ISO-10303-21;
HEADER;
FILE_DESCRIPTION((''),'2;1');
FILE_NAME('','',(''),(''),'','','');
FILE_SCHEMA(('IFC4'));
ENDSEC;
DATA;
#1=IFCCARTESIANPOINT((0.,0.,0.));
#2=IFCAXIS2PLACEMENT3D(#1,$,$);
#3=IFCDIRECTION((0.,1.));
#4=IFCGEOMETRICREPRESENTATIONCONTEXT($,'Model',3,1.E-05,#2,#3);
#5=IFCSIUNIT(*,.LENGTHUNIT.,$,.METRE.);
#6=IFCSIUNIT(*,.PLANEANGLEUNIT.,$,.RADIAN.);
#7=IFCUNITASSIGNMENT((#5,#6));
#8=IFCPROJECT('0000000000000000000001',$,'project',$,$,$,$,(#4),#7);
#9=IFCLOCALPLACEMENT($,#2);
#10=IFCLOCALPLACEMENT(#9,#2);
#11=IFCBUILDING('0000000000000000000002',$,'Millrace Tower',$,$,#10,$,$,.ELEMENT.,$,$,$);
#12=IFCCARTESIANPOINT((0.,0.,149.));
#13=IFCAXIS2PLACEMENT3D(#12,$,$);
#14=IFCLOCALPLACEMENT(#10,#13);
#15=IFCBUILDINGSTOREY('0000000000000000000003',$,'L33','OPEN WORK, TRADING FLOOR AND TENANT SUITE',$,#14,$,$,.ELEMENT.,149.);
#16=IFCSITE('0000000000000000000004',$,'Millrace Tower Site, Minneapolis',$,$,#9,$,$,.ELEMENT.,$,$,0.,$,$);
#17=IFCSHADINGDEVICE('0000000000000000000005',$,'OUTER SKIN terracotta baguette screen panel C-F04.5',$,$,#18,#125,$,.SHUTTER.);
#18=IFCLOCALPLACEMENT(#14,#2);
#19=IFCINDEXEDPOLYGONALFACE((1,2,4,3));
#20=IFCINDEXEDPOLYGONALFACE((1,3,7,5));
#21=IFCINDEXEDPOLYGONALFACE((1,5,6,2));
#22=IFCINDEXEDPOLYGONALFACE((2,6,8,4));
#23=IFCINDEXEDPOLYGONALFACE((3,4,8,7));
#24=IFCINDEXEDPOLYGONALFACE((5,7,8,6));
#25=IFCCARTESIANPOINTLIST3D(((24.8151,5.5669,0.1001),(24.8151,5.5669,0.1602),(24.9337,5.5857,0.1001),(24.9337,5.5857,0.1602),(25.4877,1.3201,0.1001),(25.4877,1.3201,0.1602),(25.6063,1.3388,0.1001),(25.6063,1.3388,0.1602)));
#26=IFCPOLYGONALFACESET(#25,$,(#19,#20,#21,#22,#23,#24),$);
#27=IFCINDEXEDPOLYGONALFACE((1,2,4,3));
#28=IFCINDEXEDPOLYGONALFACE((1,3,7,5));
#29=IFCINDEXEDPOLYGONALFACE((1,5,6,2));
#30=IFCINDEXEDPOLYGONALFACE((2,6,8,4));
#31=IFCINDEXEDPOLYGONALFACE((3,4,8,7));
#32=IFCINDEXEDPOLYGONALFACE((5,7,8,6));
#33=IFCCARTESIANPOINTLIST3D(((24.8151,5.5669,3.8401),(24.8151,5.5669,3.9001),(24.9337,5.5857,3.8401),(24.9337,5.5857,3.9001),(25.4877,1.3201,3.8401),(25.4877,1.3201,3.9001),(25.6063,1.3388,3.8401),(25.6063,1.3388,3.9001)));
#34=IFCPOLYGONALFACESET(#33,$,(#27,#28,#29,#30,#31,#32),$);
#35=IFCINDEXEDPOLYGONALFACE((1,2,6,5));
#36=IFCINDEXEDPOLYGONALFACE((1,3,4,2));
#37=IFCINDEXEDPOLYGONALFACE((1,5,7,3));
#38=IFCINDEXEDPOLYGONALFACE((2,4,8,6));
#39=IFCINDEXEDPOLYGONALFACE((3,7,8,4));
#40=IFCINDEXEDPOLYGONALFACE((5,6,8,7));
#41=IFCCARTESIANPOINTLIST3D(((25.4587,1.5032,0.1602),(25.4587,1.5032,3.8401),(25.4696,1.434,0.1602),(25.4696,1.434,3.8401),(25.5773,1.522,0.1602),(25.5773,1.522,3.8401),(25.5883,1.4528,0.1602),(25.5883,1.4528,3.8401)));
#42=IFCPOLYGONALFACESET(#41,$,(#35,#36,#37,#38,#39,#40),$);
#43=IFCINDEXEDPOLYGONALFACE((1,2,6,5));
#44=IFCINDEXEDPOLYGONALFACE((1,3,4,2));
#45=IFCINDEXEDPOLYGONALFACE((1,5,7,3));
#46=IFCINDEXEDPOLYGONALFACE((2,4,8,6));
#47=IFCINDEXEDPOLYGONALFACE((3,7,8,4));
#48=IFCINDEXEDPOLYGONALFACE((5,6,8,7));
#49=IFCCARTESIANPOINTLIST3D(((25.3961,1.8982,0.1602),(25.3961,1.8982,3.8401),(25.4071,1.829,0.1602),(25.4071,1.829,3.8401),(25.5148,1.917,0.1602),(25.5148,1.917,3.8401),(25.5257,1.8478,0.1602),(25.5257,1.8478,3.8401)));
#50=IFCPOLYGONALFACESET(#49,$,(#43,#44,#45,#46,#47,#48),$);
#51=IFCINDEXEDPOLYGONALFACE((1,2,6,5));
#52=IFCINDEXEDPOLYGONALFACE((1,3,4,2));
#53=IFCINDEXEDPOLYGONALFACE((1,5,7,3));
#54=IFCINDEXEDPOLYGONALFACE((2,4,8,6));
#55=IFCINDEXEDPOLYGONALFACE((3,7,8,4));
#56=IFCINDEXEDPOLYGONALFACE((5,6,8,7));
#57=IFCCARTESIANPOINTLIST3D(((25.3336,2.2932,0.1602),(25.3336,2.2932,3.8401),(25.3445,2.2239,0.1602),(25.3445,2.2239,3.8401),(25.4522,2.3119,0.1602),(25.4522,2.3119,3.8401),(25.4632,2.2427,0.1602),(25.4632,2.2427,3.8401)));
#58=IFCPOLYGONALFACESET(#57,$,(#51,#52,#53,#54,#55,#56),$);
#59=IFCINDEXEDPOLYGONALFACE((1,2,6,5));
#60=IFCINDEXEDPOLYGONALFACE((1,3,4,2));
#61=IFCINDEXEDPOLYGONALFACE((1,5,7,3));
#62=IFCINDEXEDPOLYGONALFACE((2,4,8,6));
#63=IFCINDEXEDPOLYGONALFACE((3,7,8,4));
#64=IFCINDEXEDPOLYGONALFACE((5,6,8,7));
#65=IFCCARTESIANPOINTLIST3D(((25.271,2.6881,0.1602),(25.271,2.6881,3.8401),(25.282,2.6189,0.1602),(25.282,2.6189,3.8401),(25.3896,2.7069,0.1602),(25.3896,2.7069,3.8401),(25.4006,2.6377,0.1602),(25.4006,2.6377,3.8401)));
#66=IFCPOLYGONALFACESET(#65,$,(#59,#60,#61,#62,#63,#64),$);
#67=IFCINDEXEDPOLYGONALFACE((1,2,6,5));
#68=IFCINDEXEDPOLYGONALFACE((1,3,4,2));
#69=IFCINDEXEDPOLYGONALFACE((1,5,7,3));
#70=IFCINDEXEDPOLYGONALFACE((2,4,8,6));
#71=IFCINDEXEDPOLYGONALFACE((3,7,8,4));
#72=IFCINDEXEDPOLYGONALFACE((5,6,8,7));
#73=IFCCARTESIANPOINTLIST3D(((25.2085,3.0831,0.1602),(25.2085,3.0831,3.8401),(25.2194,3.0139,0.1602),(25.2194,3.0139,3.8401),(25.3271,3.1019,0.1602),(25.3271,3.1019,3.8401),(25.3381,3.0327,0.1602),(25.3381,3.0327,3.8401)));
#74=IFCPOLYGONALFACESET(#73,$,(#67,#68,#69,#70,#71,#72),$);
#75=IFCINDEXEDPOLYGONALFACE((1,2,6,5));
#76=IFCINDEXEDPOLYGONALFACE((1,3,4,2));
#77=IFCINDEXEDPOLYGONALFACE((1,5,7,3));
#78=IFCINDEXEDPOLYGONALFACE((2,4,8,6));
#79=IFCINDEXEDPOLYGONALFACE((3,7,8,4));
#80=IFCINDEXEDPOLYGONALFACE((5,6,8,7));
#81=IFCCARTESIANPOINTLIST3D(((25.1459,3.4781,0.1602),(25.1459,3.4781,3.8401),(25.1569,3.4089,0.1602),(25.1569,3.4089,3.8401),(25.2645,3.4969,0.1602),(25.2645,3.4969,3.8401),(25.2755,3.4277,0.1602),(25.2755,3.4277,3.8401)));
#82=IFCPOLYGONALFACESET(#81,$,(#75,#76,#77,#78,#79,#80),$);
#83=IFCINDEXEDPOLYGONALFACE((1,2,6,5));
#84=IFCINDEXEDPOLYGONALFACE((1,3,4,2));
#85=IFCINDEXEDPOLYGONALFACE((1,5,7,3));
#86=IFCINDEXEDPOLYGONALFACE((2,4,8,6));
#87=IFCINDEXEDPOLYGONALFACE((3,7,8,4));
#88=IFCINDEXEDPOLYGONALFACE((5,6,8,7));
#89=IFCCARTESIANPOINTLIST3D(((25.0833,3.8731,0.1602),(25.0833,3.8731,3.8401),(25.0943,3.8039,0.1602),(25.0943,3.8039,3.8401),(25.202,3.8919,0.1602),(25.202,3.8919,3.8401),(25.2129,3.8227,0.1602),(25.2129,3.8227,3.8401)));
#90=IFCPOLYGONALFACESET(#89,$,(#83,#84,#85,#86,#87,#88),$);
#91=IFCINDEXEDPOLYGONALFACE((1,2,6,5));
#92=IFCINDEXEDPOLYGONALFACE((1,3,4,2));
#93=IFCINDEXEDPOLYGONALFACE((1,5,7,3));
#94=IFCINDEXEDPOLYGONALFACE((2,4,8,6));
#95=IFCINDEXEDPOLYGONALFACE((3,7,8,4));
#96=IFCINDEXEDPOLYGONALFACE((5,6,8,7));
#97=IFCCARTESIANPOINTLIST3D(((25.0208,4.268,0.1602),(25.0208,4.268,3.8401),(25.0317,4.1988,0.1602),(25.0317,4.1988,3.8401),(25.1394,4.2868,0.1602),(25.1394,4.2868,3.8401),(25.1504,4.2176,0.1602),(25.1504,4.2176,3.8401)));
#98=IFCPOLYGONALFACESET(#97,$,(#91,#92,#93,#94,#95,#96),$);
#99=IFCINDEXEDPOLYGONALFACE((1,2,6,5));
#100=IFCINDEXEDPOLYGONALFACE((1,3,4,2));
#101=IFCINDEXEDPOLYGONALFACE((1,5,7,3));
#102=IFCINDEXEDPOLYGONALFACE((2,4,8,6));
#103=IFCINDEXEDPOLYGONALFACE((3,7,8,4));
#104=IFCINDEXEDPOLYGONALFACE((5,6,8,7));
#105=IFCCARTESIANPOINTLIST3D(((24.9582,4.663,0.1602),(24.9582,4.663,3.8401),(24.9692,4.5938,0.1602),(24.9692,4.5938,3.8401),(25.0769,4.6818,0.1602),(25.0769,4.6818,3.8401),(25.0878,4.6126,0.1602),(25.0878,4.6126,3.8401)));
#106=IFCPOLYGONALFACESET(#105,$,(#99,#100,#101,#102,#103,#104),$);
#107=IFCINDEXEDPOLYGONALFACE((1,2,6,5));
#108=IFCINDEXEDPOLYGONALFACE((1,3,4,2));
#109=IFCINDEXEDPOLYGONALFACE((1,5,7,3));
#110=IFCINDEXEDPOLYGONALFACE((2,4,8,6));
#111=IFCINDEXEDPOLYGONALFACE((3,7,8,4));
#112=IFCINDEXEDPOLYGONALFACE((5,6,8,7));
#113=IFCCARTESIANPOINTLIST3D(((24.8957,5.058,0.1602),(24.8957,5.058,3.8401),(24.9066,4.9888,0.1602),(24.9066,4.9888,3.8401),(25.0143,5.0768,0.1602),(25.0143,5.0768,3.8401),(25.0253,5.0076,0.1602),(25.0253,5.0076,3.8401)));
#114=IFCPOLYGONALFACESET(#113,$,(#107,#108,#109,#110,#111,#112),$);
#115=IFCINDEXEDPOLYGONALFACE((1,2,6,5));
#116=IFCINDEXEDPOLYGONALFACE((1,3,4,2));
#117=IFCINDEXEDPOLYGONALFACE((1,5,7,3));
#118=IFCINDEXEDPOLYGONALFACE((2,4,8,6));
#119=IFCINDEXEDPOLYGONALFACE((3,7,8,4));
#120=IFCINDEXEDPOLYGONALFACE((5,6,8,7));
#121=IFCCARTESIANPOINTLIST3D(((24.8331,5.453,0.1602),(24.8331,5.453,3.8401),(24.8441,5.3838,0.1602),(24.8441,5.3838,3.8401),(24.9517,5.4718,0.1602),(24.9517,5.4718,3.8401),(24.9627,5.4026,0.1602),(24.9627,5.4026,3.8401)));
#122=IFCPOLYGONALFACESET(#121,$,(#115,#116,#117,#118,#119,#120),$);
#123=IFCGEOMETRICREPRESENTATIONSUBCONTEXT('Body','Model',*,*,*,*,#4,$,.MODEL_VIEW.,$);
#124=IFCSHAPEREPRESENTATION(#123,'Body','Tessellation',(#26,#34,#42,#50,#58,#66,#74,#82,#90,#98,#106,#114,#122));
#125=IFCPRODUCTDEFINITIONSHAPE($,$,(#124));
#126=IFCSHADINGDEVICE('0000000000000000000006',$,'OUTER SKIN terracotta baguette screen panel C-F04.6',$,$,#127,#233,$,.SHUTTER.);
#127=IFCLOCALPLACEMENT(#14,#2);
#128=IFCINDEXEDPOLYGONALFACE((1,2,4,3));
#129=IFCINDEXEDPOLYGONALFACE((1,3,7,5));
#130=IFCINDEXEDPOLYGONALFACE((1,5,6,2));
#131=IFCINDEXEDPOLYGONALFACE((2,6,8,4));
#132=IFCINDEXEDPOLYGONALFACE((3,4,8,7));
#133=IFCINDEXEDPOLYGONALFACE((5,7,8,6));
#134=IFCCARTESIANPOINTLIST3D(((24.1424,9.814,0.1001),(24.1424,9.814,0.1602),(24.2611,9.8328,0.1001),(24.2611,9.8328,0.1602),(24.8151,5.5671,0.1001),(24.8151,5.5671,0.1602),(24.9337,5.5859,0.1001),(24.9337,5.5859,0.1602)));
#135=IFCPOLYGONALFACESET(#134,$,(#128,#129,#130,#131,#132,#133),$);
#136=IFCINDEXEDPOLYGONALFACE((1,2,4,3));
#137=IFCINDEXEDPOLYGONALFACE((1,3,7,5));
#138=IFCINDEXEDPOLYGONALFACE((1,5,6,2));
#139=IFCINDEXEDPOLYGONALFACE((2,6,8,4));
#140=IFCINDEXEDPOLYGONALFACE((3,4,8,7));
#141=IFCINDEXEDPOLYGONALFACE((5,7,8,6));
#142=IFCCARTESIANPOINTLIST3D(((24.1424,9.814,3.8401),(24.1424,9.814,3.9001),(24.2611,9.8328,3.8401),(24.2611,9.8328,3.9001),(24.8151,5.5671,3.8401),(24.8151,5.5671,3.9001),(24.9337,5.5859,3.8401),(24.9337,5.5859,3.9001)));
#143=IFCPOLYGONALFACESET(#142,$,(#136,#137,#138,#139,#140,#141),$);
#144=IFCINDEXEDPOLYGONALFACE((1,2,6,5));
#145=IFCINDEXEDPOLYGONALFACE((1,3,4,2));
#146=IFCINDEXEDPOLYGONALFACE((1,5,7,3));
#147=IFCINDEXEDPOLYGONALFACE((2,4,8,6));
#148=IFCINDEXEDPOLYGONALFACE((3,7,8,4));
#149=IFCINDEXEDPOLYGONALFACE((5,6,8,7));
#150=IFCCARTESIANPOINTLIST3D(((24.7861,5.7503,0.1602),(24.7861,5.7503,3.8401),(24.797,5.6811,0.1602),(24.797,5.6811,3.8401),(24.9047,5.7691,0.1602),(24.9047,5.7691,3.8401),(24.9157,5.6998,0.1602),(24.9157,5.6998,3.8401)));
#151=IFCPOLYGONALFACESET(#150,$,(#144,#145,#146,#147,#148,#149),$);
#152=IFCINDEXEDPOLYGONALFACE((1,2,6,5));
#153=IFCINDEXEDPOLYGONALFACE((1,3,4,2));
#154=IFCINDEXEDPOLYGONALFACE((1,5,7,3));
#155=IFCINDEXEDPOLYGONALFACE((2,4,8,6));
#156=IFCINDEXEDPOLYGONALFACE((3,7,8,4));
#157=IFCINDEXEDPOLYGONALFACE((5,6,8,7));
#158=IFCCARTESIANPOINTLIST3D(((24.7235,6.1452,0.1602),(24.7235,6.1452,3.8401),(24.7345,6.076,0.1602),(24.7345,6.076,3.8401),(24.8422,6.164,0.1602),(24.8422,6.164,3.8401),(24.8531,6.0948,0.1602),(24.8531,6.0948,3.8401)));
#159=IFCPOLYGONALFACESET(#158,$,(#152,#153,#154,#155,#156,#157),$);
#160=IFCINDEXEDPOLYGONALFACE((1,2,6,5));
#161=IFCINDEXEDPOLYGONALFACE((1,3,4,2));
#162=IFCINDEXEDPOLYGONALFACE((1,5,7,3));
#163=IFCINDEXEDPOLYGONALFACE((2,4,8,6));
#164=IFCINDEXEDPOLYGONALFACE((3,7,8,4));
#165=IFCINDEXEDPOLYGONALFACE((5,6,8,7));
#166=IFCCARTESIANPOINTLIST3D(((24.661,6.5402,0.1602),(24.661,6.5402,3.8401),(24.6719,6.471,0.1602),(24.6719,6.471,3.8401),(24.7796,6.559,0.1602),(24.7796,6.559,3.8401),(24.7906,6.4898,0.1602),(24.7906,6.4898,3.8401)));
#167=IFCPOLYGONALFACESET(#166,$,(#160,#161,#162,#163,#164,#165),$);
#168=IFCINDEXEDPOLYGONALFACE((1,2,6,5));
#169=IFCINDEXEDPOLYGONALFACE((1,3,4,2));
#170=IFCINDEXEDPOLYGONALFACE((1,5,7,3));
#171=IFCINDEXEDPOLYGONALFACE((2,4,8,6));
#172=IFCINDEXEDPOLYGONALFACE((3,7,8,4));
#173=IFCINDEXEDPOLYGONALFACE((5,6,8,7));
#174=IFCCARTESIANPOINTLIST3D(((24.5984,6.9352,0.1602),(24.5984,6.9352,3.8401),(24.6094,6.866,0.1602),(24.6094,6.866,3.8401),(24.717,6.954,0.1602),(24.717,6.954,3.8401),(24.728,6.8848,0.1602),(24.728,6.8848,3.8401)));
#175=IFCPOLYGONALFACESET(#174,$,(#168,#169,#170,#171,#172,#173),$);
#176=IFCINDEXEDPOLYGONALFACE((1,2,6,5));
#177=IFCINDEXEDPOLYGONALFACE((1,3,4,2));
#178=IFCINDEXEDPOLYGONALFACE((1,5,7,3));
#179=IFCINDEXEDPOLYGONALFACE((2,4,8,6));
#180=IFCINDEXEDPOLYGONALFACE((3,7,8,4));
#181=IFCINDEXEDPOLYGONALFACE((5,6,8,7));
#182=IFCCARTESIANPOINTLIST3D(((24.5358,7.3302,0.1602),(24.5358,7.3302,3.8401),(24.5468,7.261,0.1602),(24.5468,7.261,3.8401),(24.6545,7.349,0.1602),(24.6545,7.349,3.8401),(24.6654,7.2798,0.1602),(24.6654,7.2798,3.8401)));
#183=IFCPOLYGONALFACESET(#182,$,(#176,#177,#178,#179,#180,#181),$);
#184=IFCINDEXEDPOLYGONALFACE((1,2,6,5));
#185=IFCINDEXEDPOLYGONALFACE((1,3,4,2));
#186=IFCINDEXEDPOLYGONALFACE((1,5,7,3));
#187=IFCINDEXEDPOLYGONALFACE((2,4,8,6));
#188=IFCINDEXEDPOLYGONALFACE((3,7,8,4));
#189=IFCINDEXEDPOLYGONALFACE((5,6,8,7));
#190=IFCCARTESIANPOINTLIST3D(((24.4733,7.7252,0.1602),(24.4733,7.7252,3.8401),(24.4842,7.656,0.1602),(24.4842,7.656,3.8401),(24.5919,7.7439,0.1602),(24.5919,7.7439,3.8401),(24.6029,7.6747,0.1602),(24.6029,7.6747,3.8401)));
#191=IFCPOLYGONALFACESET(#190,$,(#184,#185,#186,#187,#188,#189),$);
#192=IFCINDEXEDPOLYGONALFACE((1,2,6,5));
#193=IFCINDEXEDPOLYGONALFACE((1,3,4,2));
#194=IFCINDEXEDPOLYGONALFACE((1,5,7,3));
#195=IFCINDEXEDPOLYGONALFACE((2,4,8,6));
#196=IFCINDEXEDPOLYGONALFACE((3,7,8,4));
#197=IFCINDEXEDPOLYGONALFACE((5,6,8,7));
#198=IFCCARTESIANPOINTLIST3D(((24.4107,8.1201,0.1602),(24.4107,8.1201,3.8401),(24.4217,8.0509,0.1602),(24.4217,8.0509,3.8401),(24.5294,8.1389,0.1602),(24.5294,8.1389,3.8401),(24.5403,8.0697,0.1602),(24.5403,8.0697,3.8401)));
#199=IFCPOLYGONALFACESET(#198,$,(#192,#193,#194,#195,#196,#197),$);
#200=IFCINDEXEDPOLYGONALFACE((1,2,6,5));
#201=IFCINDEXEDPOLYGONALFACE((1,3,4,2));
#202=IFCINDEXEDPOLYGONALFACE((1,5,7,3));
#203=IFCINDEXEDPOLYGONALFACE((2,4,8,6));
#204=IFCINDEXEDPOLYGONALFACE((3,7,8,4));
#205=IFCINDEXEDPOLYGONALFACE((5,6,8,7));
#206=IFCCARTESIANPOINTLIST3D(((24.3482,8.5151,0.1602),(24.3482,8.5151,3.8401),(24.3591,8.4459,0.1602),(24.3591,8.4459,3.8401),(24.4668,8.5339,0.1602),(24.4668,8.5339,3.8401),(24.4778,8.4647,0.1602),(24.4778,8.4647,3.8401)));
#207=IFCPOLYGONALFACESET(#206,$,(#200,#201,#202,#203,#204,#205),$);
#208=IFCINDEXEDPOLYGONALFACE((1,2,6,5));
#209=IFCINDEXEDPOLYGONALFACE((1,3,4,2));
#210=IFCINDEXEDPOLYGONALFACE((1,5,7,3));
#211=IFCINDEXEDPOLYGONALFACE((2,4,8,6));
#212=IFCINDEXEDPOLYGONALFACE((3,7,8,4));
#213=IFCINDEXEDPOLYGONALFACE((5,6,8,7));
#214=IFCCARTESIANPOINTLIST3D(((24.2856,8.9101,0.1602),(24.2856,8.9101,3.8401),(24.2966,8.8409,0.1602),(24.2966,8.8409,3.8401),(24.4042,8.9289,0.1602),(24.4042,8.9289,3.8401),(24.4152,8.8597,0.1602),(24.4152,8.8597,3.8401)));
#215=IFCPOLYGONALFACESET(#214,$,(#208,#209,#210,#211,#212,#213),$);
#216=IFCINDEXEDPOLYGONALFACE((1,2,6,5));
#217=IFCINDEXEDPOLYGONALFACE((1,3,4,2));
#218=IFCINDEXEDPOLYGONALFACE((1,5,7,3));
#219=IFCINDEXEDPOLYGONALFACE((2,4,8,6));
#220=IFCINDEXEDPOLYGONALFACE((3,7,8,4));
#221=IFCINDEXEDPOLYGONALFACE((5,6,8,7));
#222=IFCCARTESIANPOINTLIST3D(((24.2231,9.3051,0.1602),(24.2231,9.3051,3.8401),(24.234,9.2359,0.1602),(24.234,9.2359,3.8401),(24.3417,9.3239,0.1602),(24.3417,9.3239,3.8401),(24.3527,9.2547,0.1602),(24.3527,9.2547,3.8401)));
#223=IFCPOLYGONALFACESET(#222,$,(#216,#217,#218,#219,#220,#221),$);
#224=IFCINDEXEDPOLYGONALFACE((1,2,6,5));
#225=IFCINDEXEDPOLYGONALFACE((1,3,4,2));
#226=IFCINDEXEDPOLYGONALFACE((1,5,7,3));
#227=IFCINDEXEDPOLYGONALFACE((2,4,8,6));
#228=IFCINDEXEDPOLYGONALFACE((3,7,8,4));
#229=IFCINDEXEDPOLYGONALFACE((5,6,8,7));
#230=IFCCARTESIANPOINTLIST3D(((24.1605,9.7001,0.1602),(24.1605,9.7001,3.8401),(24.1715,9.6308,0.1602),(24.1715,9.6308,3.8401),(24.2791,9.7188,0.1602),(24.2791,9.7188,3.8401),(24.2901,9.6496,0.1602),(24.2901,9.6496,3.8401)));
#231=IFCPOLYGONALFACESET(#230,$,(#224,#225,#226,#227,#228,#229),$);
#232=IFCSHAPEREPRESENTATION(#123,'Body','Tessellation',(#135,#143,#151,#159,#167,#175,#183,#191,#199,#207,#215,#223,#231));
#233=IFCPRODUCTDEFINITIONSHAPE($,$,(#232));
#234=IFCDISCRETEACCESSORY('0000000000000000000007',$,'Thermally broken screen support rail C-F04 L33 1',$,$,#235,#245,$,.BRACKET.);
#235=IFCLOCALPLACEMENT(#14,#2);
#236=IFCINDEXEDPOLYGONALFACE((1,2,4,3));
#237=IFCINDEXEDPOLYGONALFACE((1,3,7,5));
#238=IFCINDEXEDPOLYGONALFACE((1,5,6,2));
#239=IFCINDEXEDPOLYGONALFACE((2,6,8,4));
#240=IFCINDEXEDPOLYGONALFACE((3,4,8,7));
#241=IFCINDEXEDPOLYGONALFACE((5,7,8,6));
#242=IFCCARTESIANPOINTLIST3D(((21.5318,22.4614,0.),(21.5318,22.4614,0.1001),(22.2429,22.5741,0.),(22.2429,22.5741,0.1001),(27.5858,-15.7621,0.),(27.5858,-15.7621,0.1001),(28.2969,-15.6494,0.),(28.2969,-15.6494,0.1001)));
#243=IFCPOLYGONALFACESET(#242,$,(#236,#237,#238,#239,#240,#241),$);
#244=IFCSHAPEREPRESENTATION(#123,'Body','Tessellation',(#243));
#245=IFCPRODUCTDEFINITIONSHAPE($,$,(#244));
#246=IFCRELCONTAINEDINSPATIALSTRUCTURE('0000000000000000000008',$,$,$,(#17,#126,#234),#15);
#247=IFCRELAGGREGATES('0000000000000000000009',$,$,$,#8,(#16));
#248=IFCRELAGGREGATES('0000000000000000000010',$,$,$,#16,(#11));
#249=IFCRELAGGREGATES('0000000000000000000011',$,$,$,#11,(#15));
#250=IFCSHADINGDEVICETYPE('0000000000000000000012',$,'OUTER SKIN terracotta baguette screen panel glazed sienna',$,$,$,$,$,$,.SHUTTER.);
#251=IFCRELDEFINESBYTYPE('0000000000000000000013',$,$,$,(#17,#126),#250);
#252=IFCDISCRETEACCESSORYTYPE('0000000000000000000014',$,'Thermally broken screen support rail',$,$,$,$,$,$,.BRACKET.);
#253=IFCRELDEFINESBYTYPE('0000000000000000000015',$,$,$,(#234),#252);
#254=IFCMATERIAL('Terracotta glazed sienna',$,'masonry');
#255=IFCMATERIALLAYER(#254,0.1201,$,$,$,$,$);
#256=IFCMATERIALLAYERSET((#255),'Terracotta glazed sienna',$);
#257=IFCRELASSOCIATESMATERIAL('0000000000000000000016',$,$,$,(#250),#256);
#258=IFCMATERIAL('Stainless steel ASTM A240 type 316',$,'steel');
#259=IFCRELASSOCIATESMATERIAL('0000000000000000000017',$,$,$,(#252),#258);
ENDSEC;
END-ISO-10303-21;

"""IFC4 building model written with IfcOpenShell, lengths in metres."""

from ifc_helpers import new_model, entity, si_unit, direction, frame, frame_2d, origin, origin_2d, place, context, subcontext, project, spatial, rectangle, extrude, source, transform, mapped, material, layer, layer_set, type_object, element, save


model = new_model("IFC4")

# Units and contexts
model_context = context("Model", 3, precision=1e-05, world=origin(), true_north=direction((0.0, 1.0)))
body_context = subcontext(model_context, "Body", "Model", "MODEL_VIEW")
ifc_project = project(units=[si_unit("LENGTHUNIT", "METRE"), si_unit("PLANEANGLEUNIT", "RADIAN")], contexts=[model_context])

# Site, building, storey
site_placement = place(None, origin())
site = spatial("IfcSite", under=ifc_project, at=site_placement, Name="Millrace Tower Site, Minneapolis", CompositionType="ELEMENT", RefElevation=0.0)
building_placement = place(site_placement, origin())
building = spatial("IfcBuilding", under=site, at=building_placement, Name="Millrace Tower", CompositionType="ELEMENT")
storey_placement = place(building_placement, frame((0.0, 0.0, 149.0)))
storey = spatial("IfcBuildingStorey", under=building, at=storey_placement, Name="L33", Description="OPEN WORK, TRADING FLOOR AND TENANT SUITE", CompositionType="ELEMENT", Elevation=149.0)

# Shading devices
ifc_material_1 = material(Name="Terracotta glazed sienna", Category="masonry")
ifc_layer_1 = layer(ifc_material_1, 0.1201)
ifc_layer_set_1 = layer_set([ifc_layer_1], Name="Terracotta glazed sienna")
shading_device_type = type_object("IfcShadingDeviceType", Name="OUTER SKIN terracotta baguette screen panel glazed sienna", PredefinedType="SHUTTER", material=ifc_layer_set_1)
cartesian_point = entity("IfcCartesianPoint", [-2.1499, 0.0601])
shared_polyline = entity("IfcPolyline", [cartesian_point, entity("IfcCartesianPoint", [2.1499, 0.0601]), entity("IfcCartesianPoint", [2.1499, -0.0601]), entity("IfcCartesianPoint", [-2.1499, -0.0601]), cartesian_point])
shared_shape = source(origin(), body_context, "Body", "SweptSolid", [
    entity("IfcExtrudedAreaSolid", entity("IfcArbitraryClosedProfileDef", "AREA", None, shared_polyline), entity("IfcAxis2Placement3D", entity("IfcCartesianPoint", [0.0, 0.0, 0.0])), entity("IfcDirection", [0.0, 0.0, 1.0]), 0.0601),
    entity("IfcExtrudedAreaSolid", entity("IfcArbitraryClosedProfileDef", "AREA", None, shared_polyline), entity("IfcAxis2Placement3D", entity("IfcCartesianPoint", [0.0, 0.0, 3.74])), entity("IfcDirection", [0.0, 0.0, 1.0]), 0.0601),
    extrude(rectangle(XDim=0.0701, YDim=0.1201, at=frame_2d((-1.9995, 0.0))), frame((0.0, 0.0, 0.0601)), (0.0, 0.0, 1.0), 3.6799),
    extrude(rectangle(XDim=0.0701, YDim=0.1201, at=frame_2d((-1.5996, 0.0))), frame((0.0, 0.0, 0.0601)), (0.0, 0.0, 1.0), 3.6799),
    extrude(rectangle(XDim=0.0701, YDim=0.1201, at=frame_2d((-1.1997, 0.0))), frame((0.0, 0.0, 0.0601)), (0.0, 0.0, 1.0), 3.6799),
    extrude(rectangle(XDim=0.0701, YDim=0.1201, at=frame_2d((-0.7998, 0.0))), frame((0.0, 0.0, 0.0601)), (0.0, 0.0, 1.0), 3.6799),
    extrude(rectangle(XDim=0.0701, YDim=0.1201, at=frame_2d((-0.3999, 0.0))), frame((0.0, 0.0, 0.0601)), (0.0, 0.0, 1.0), 3.6799),
    extrude(rectangle(XDim=0.0701, YDim=0.1201, at=origin_2d()), frame((0.0, 0.0, 0.0601)), (0.0, 0.0, 1.0), 3.6799),
    extrude(rectangle(XDim=0.0701, YDim=0.1201, at=frame_2d((0.3999, 0.0))), frame((0.0, 0.0, 0.0601)), (0.0, 0.0, 1.0), 3.6799),
    extrude(rectangle(XDim=0.0701, YDim=0.1201, at=frame_2d((0.7998, 0.0))), frame((0.0, 0.0, 0.0601)), (0.0, 0.0, 1.0), 3.6799),
    extrude(rectangle(XDim=0.0701, YDim=0.1201, at=frame_2d((1.1997, 0.0))), frame((0.0, 0.0, 0.0601)), (0.0, 0.0, 1.0), 3.6799),
    extrude(rectangle(XDim=0.0701, YDim=0.1201, at=frame_2d((1.5996, 0.0))), frame((0.0, 0.0, 0.0601)), (0.0, 0.0, 1.0), 3.6799),
    extrude(rectangle(XDim=0.0701, YDim=0.1201, at=frame_2d((1.9995, 0.0))), frame((0.0, 0.0, 0.0601)), (0.0, 0.0, 1.0), 3.6799),
])
for number, where, z_axis, x_axis, name in (
    (1, (25.2107, 3.4529, 0.1001), (0.0, 0.0, 1.0), (-0.156434, 0.987688, 0.0), "OUTER SKIN terracotta baguette screen panel C-F04.5"),
    (2, (24.5381, 7.7, 0.1001), (0.0, 0.0, 1.0), (-0.156434, 0.987688, 0.0), "OUTER SKIN terracotta baguette screen panel C-F04.6"),
):
    element("IfcShadingDevice", number, at=place(storey_placement, frame(where, z_axis=z_axis, x_axis=x_axis)), inside=storey, type_object=shading_device_type, Name=name, PredefinedType="SHUTTER", context=body_context, shape_type="MappedRepresentation", body=[
        mapped(shared_shape, transform((0.0, 0.0, 0.0), scale=1.0)),
    ])

# Discrete accessory
ifc_material_2 = material(Name="Stainless steel ASTM A240 type 316", Category="steel")
discrete_accessory_type = type_object("IfcDiscreteAccessoryType", Name="Thermally broken screen support rail", PredefinedType="BRACKET", material=ifc_material_2)
discrete_accessory_placement = place(storey_placement, frame((24.9143, 3.406, 0.0), z_axis=(0.0, 0.0, 1.0), x_axis=(-0.156434, 0.987688, 0.0)))
element("IfcDiscreteAccessory", 3, at=discrete_accessory_placement, inside=storey, type_object=discrete_accessory_type, Name="Thermally broken screen support rail C-F04 L33 1", PredefinedType="BRACKET", context=body_context, shape_type="SweptSolid", body=[
    extrude(rectangle(XDim=38.7, YDim=0.72, at=origin_2d()), origin(), (0.0, 0.0, 1.0), 0.1001),
])

save(model, "model.ifc")
